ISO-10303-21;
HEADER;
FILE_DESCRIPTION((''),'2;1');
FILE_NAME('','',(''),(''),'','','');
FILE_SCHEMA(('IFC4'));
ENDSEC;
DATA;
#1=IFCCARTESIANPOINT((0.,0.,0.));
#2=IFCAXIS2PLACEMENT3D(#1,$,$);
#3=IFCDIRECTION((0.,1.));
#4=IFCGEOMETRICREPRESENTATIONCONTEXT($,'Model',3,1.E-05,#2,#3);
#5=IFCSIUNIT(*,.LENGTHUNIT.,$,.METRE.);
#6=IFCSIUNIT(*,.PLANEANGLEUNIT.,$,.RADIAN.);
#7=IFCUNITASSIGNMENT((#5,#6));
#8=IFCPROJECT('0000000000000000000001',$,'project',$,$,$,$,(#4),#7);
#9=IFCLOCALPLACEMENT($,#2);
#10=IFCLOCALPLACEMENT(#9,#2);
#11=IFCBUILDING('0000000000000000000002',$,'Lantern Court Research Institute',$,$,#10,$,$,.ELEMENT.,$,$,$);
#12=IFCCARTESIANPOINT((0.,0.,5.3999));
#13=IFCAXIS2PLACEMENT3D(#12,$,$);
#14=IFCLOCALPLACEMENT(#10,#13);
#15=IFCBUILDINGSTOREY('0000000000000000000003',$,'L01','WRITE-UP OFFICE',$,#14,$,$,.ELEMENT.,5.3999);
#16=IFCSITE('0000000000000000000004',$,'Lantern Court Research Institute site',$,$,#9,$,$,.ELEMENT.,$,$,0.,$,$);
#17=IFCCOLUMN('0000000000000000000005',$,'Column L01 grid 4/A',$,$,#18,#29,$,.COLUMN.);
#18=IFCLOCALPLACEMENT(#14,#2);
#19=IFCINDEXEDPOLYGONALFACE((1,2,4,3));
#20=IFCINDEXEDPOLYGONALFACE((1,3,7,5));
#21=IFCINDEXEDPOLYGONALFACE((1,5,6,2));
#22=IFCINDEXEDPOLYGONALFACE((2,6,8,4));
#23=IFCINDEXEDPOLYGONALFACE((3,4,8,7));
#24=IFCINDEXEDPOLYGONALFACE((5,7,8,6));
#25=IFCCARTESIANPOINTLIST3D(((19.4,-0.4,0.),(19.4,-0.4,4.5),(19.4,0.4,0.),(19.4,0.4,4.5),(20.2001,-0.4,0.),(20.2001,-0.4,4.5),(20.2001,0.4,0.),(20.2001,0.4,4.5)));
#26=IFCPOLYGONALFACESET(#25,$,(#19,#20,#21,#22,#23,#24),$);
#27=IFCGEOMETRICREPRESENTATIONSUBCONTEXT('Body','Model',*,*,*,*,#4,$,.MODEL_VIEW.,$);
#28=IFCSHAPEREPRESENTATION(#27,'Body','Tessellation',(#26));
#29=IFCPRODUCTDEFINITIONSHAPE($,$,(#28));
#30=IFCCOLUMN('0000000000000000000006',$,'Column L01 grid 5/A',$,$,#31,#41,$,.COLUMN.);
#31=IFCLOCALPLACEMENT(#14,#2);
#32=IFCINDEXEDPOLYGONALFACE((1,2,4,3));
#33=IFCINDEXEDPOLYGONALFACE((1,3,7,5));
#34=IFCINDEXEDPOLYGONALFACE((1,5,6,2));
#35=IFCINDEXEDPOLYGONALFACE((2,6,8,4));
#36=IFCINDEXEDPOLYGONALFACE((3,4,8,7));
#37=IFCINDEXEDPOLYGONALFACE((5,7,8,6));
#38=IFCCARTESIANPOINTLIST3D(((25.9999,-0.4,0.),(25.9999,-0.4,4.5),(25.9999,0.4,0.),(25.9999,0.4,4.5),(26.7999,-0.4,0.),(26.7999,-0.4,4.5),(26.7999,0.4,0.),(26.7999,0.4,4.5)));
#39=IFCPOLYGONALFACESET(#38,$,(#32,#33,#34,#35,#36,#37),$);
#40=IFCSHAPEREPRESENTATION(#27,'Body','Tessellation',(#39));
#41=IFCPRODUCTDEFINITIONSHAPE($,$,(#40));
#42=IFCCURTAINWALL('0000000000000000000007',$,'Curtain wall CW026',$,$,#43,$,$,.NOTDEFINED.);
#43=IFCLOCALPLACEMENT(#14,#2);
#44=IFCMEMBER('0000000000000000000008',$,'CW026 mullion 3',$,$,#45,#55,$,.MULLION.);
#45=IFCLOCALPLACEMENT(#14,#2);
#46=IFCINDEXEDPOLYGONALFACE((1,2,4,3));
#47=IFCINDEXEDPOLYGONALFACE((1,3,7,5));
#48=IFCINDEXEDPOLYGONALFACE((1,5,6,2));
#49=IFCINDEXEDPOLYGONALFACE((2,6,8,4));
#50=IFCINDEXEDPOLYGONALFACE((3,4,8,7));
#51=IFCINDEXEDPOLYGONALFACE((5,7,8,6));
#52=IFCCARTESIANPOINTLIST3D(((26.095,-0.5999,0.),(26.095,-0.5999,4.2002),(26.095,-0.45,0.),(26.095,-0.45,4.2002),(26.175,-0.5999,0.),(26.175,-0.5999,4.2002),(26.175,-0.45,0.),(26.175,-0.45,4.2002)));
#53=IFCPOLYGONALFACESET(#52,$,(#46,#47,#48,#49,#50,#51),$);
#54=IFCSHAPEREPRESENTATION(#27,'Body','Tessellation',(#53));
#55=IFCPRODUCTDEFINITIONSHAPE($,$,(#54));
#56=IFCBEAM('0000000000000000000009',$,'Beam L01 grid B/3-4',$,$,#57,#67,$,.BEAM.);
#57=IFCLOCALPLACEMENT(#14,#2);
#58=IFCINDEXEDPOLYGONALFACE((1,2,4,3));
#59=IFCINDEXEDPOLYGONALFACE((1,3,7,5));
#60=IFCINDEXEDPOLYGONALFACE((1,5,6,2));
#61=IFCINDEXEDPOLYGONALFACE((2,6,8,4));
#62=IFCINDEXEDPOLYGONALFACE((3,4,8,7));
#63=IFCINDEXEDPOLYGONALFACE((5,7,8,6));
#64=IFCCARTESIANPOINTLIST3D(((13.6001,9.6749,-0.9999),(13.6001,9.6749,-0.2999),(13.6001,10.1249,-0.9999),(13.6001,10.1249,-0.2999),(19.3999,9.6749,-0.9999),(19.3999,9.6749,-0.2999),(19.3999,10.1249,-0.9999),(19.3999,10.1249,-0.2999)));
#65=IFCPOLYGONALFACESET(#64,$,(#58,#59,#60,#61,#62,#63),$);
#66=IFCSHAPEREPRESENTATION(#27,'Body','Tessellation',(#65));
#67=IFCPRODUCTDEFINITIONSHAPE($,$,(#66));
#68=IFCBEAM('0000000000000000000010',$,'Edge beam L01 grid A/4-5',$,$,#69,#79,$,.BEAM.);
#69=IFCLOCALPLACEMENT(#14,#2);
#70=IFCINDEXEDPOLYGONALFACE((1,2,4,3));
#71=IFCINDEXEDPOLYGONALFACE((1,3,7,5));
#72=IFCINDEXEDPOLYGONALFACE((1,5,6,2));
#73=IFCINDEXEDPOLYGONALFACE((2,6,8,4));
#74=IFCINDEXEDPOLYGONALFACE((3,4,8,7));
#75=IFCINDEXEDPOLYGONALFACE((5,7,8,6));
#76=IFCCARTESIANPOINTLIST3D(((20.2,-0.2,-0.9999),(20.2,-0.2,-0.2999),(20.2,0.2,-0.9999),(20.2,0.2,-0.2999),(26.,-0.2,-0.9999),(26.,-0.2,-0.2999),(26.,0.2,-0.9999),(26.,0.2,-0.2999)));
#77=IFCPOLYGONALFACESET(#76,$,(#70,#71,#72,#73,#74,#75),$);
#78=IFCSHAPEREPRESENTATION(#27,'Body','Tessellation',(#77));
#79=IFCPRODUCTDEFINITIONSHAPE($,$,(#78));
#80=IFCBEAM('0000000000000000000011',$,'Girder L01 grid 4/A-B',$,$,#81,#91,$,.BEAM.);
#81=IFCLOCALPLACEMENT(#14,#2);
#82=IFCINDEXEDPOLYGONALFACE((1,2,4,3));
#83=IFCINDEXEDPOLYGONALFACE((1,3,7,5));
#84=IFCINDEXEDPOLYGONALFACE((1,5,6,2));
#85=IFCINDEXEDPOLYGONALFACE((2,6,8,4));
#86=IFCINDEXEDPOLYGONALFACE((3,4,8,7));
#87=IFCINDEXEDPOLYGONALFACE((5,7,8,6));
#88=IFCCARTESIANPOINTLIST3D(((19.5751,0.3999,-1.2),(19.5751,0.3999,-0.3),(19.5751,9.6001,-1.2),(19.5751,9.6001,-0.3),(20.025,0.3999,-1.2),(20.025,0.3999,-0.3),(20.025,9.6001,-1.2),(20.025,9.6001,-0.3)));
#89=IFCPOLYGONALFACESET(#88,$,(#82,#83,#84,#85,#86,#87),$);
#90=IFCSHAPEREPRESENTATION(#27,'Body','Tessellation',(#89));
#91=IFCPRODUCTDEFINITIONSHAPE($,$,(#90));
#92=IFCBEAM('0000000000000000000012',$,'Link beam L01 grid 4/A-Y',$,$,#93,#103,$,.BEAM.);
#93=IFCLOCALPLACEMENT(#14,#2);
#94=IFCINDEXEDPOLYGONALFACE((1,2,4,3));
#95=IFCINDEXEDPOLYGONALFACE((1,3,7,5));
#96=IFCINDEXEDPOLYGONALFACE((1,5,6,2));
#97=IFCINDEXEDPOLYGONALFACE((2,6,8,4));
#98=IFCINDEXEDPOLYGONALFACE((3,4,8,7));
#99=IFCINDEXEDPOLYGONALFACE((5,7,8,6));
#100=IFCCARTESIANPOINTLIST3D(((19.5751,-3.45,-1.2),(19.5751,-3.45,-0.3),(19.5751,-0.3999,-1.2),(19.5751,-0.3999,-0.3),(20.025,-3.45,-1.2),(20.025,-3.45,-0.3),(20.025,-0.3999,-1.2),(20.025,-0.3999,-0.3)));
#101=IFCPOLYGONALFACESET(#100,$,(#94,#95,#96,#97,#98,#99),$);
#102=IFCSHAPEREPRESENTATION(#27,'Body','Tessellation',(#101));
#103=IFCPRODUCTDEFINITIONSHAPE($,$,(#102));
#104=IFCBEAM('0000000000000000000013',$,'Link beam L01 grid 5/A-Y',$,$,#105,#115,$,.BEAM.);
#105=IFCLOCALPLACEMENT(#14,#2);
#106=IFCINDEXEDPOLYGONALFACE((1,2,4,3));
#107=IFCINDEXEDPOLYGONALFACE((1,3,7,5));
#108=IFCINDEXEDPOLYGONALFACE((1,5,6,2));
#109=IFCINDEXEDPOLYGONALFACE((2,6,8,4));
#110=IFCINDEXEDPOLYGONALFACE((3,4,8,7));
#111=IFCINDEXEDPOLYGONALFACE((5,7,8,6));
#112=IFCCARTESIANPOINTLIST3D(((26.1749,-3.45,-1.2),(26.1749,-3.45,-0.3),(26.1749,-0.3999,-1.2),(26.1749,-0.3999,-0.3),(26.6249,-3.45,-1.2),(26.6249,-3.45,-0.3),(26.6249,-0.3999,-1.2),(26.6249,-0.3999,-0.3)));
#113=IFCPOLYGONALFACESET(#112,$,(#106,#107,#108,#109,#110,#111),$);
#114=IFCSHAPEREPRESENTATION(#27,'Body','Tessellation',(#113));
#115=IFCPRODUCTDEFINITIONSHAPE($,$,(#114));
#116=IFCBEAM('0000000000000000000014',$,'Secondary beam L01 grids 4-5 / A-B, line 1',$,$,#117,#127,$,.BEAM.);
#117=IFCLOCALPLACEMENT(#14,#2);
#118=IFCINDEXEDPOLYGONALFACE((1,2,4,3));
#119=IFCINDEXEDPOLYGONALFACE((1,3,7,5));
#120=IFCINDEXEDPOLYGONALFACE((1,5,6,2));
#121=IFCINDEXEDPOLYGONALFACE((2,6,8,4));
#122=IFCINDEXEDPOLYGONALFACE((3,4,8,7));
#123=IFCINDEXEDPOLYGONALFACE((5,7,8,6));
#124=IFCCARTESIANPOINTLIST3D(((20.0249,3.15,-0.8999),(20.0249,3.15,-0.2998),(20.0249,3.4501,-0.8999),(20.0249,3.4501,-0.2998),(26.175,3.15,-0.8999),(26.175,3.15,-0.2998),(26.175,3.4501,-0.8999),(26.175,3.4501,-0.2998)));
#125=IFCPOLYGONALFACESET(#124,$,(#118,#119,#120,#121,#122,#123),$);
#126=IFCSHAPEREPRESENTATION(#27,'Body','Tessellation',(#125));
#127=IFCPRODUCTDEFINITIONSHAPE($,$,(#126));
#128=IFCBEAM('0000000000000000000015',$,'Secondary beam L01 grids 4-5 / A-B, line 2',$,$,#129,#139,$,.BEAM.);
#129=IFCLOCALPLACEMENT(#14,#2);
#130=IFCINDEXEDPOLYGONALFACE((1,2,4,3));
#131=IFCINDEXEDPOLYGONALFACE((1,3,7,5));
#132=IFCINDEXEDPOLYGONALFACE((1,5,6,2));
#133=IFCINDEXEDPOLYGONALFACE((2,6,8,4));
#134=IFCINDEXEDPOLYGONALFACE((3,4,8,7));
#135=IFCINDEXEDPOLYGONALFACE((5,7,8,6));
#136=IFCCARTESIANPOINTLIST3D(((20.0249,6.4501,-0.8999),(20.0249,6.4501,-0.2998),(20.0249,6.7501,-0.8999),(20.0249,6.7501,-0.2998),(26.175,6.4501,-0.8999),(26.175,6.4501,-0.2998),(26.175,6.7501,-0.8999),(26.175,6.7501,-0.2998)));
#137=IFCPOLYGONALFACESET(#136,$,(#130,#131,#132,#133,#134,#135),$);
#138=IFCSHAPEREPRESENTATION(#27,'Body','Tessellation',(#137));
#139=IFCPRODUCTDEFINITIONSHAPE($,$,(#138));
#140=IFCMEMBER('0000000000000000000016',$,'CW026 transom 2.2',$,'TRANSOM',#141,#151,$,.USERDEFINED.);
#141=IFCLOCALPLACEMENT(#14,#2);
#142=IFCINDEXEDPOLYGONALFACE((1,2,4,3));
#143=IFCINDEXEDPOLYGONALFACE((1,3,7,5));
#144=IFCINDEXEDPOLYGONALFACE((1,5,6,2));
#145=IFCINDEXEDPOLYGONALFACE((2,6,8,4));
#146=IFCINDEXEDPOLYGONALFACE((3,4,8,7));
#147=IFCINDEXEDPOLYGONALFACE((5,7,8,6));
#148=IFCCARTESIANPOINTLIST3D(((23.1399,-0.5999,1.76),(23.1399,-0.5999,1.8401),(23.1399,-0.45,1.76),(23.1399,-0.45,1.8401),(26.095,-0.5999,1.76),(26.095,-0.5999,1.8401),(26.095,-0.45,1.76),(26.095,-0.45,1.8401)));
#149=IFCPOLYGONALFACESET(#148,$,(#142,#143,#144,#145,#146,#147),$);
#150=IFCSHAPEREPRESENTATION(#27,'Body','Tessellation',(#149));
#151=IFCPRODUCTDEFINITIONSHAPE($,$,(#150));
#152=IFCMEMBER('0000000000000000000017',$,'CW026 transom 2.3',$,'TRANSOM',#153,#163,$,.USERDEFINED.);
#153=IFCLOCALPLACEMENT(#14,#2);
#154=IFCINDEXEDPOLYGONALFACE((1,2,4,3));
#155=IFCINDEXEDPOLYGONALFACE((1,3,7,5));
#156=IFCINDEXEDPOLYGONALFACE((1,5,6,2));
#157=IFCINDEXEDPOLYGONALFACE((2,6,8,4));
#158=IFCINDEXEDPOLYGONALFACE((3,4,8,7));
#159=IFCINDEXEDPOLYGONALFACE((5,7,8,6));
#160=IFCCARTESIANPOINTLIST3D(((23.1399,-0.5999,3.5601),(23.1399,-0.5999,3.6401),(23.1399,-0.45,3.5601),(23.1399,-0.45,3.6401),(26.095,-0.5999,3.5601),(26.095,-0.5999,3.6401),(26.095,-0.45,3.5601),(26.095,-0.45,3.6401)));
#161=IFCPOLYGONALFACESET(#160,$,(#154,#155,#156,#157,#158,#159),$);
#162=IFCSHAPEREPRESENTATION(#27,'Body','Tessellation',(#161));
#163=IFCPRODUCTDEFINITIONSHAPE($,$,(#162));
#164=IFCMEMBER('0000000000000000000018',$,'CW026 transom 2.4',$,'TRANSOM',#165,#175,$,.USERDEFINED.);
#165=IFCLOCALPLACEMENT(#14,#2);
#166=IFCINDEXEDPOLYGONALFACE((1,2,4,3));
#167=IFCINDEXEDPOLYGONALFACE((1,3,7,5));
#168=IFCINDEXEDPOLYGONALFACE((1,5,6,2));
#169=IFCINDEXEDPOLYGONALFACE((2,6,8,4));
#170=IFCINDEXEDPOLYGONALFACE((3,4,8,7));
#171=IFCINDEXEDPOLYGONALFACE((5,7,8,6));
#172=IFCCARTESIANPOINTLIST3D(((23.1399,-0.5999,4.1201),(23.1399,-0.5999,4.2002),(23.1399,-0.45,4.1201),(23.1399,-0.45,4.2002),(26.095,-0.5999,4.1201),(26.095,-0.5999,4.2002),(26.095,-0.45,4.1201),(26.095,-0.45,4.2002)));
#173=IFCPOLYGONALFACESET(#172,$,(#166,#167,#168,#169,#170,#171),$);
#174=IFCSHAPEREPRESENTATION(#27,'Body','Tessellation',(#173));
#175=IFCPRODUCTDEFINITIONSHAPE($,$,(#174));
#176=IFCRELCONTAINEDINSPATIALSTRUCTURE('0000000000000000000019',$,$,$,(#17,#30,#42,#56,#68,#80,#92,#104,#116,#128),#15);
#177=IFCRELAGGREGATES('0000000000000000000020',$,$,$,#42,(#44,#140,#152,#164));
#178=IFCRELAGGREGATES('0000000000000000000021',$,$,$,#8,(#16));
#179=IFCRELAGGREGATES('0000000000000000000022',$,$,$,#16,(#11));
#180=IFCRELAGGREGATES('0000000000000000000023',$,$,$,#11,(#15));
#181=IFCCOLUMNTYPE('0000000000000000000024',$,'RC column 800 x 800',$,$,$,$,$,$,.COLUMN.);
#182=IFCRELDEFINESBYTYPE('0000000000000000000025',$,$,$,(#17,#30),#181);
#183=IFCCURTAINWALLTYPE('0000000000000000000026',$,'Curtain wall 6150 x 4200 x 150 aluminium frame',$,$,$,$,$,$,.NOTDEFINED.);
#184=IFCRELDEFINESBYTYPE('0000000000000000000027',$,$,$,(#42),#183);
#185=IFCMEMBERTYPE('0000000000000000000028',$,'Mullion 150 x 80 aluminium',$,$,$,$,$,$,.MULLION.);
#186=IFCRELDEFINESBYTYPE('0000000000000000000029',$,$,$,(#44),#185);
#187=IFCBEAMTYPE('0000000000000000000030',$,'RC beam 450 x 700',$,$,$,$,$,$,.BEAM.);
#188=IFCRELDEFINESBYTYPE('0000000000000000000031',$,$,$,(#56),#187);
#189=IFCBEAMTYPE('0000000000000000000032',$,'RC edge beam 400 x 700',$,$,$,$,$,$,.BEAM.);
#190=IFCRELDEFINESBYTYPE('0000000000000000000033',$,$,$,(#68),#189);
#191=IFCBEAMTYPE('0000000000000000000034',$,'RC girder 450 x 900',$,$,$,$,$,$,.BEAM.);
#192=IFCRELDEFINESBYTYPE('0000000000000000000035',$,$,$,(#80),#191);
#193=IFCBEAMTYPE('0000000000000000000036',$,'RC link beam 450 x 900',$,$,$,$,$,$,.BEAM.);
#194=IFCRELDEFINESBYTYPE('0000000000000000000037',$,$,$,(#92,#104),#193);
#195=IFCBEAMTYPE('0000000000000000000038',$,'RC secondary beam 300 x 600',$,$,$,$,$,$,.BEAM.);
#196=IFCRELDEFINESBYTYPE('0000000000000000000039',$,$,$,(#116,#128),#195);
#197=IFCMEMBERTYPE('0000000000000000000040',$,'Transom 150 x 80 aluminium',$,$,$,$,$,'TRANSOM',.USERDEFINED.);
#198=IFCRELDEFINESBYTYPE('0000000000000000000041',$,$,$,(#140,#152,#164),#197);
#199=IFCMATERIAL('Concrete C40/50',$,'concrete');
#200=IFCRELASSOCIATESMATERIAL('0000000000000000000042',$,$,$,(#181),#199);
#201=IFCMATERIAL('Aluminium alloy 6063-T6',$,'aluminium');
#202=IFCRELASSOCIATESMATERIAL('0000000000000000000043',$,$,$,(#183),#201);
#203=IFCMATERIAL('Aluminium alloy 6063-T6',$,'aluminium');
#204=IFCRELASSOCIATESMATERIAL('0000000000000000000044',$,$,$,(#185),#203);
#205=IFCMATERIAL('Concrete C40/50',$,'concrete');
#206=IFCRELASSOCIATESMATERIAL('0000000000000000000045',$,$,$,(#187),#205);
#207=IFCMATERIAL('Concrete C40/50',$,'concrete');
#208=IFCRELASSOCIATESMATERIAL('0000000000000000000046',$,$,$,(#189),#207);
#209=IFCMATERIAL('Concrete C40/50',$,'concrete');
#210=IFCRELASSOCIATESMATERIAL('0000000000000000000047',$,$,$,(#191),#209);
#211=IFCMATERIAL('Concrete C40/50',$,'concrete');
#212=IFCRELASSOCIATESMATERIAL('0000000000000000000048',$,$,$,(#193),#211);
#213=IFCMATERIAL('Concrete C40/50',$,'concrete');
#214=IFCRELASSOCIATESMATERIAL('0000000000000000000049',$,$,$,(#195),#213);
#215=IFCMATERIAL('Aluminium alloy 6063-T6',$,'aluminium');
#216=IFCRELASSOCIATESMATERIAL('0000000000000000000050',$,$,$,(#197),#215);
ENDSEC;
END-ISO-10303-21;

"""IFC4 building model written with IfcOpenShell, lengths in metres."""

from ifc_helpers import new_model, si_unit, direction, frame, origin, origin_2d, place, context, subcontext, project, spatial, rectangle, extrude, material, material_profile, profile_set, type_object, element, aggregate, save


model = new_model("IFC4")

# Units and contexts
model_context = context("Model", 3, precision=1e-05, world=origin(), true_north=direction((0.0, 1.0)))
body_context = subcontext(model_context, "Body", "Model", "MODEL_VIEW")
ifc_project = project(units=[si_unit("LENGTHUNIT", "METRE"), si_unit("PLANEANGLEUNIT", "RADIAN")], contexts=[model_context])

# Site, building, storey
site_placement = place(None, origin())
site = spatial("IfcSite", under=ifc_project, at=site_placement, Name="Lantern Court Research Institute site", CompositionType="ELEMENT", RefElevation=0.0)
building_placement = place(site_placement, origin())
building = spatial("IfcBuilding", under=site, at=building_placement, Name="Lantern Court Research Institute", CompositionType="ELEMENT")
storey_placement = place(building_placement, frame((0.0, 0.0, 5.3999)))
storey = spatial("IfcBuildingStorey", under=building, at=storey_placement, Name="L01", Description="WRITE-UP OFFICE", CompositionType="ELEMENT", Elevation=5.3999)

# Columns
ifc_material_1 = material(Name="Concrete C40/50", Category="concrete")
ifc_material_profile_1 = material_profile(ifc_material_1, rectangle(XDim=0.8, YDim=0.8, at=origin_2d()), Name="RC column 800 x 800")
ifc_profile_set_1 = profile_set([ifc_material_profile_1], Name="Concrete C40/50")
column_type = type_object("IfcColumnType", Name="RC column 800 x 800", PredefinedType="COLUMN", material=ifc_profile_set_1)
for number, where, z_axis, x_axis, name in (
    (1, (19.8, 0.0, 0.0), (0.0, 0.0, 1.0), (1.0, 0.0, 0.0), "Column L01 grid 4/A"),
    (2, (26.3999, 0.0, 0.0), (0.0, 0.0, 1.0), (1.0, 0.0, 0.0), "Column L01 grid 5/A"),
):
    element("IfcColumn", number, at=place(storey_placement, frame(where, z_axis=z_axis, x_axis=x_axis)), inside=storey, type_object=column_type, Name=name, PredefinedType="COLUMN", context=body_context, shape_type="SweptSolid", body=[
        extrude(rectangle(XDim=0.8, YDim=0.8, at=origin_2d()), origin(), (0.0, 0.0, 1.0), 4.5),
    ])

# Curtain wall, member
ifc_material_2 = material(Name="Aluminium alloy 6063-T6", Category="aluminium")
curtain_wall_type = type_object("IfcCurtainWallType", Name="Curtain wall 6150 x 4200 x 150 aluminium frame", PredefinedType="NOTDEFINED", material=ifc_material_2)
curtain_wall_placement = place(storey_placement, origin())
curtain_wall = element("IfcCurtainWall", 3, at=curtain_wall_placement, inside=storey, type_object=curtain_wall_type, Name="Curtain wall CW026", PredefinedType="NOTDEFINED")
ifc_material_3 = material(Name="Aluminium alloy 6063-T6", Category="aluminium")
ifc_material_profile_2 = material_profile(ifc_material_3, rectangle(XDim=0.1499, YDim=0.0801, at=origin_2d()), Name="Mullion 150 x 80")
ifc_profile_set_2 = profile_set([ifc_material_profile_2], Name="Aluminium alloy 6063-T6")
member_type_1 = type_object("IfcMemberType", Name="Mullion 150 x 80 aluminium", PredefinedType="MULLION", material=ifc_profile_set_2)
member_1_placement = place(storey_placement, frame((26.135, -0.5249, 0.0), z_axis=(0.0, 0.0, 1.0), x_axis=(0.0, -1.0, 0.0)))
member_1 = element("IfcMember", 4, at=member_1_placement, type_object=member_type_1, Name="CW026 mullion 3", PredefinedType="MULLION", context=body_context, shape_type="SweptSolid", body=[
    extrude(rectangle(XDim=0.1499, YDim=0.0801, at=origin_2d()), origin(), (0.0, 0.0, 1.0), 4.2002),
])

# Beams
ifc_material_4 = material(Name="Concrete C40/50", Category="concrete")
ifc_material_profile_3 = material_profile(ifc_material_4, rectangle(XDim=0.45, YDim=0.7, at=origin_2d()), Name="RC beam 450 x 700")
ifc_profile_set_3 = profile_set([ifc_material_profile_3], Name="Concrete C40/50")
beam_type_1 = type_object("IfcBeamType", Name="RC beam 450 x 700", PredefinedType="BEAM", material=ifc_profile_set_3)
beam_1_placement = place(storey_placement, frame((13.6001, 9.8999, -0.6499), z_axis=(1.0, 0.0, 0.0), x_axis=(0.0, 1.0, 0.0)))
element("IfcBeam", 5, at=beam_1_placement, inside=storey, type_object=beam_type_1, Name="Beam L01 grid B/3-4", PredefinedType="BEAM", context=body_context, shape_type="SweptSolid", body=[
    extrude(rectangle(XDim=0.45, YDim=0.7, at=origin_2d()), origin(), (0.0, 0.0, 1.0), 5.7998),
])
ifc_material_5 = material(Name="Concrete C40/50", Category="concrete")
ifc_material_profile_4 = material_profile(ifc_material_5, rectangle(XDim=0.3999, YDim=0.7, at=origin_2d()), Name="RC beam 400 x 700")
ifc_profile_set_4 = profile_set([ifc_material_profile_4], Name="Concrete C40/50")
beam_type_2 = type_object("IfcBeamType", Name="RC edge beam 400 x 700", PredefinedType="BEAM", material=ifc_profile_set_4)
beam_2_placement = place(storey_placement, frame((20.2, 0.0, -0.6499), z_axis=(1.0, 0.0, 0.0), x_axis=(0.0, 1.0, 0.0)))
element("IfcBeam", 6, at=beam_2_placement, inside=storey, type_object=beam_type_2, Name="Edge beam L01 grid A/4-5", PredefinedType="BEAM", context=body_context, shape_type="SweptSolid", body=[
    extrude(rectangle(XDim=0.3999, YDim=0.7, at=origin_2d()), origin(), (0.0, 0.0, 1.0), 5.8),
])
ifc_material_6 = material(Name="Concrete C40/50", Category="concrete")
ifc_material_profile_5 = material_profile(ifc_material_6, rectangle(XDim=0.45, YDim=0.8999, at=origin_2d()), Name="RC beam 450 x 900")
ifc_profile_set_5 = profile_set([ifc_material_profile_5], Name="Concrete C40/50")
beam_type_3 = type_object("IfcBeamType", Name="RC girder 450 x 900", PredefinedType="BEAM", material=ifc_profile_set_5)
beam_3_placement = place(storey_placement, frame((19.8, 0.3999, -0.75), z_axis=(0.0, 1.0, 0.0), x_axis=(-1.0, 0.0, 0.0)))
element("IfcBeam", 7, at=beam_3_placement, inside=storey, type_object=beam_type_3, Name="Girder L01 grid 4/A-B", PredefinedType="BEAM", context=body_context, shape_type="SweptSolid", body=[
    extrude(rectangle(XDim=0.45, YDim=0.8999, at=origin_2d()), origin(), (0.0, 0.0, 1.0), 9.2002),
])
ifc_material_7 = material(Name="Concrete C40/50", Category="concrete")
ifc_material_profile_6 = material_profile(ifc_material_7, rectangle(XDim=0.45, YDim=0.8999, at=origin_2d()), Name="RC beam 450 x 900")
ifc_profile_set_6 = profile_set([ifc_material_profile_6], Name="Concrete C40/50")
beam_type_4 = type_object("IfcBeamType", Name="RC link beam 450 x 900", PredefinedType="BEAM", material=ifc_profile_set_6)
for number, where, z_axis, x_axis, name in (
    (8, (19.8, -0.3999, -0.75), (0.0, -1.0, 0.0), (1.0, 0.0, 0.0), "Link beam L01 grid 4/A-Y"),
    (9, (26.3999, -0.3999, -0.75), (0.0, -1.0, 0.0), (1.0, 0.0, 0.0), "Link beam L01 grid 5/A-Y"),
):
    element("IfcBeam", number, at=place(storey_placement, frame(where, z_axis=z_axis, x_axis=x_axis)), inside=storey, type_object=beam_type_4, Name=name, PredefinedType="BEAM", context=body_context, shape_type="SweptSolid", body=[
        extrude(rectangle(XDim=0.45, YDim=0.8999, at=origin_2d()), origin(), (0.0, 0.0, 1.0), 3.05),
    ])
ifc_material_8 = material(Name="Concrete C40/50", Category="concrete")
ifc_material_profile_7 = material_profile(ifc_material_8, rectangle(XDim=0.3, YDim=0.6001, at=origin_2d()), Name="RC beam 300 x 600")
ifc_profile_set_7 = profile_set([ifc_material_profile_7], Name="Concrete C40/50")
beam_type_5 = type_object("IfcBeamType", Name="RC secondary beam 300 x 600", PredefinedType="BEAM", material=ifc_profile_set_7)
for number, where, z_axis, x_axis, name in (
    (10, (20.0249, 3.3, -0.5999), (1.0, 0.0, 0.0), (0.0, 1.0, 0.0), "Secondary beam L01 grids 4-5 / A-B, line 1"),
    (11, (20.0249, 6.6001, -0.5999), (1.0, 0.0, 0.0), (0.0, 1.0, 0.0), "Secondary beam L01 grids 4-5 / A-B, line 2"),
):
    element("IfcBeam", number, at=place(storey_placement, frame(where, z_axis=z_axis, x_axis=x_axis)), inside=storey, type_object=beam_type_5, Name=name, PredefinedType="BEAM", context=body_context, shape_type="SweptSolid", body=[
        extrude(rectangle(XDim=0.3, YDim=0.6001, at=origin_2d()), origin(), (0.0, 0.0, 1.0), 6.1501),
    ])

# Members
ifc_material_9 = material(Name="Aluminium alloy 6063-T6", Category="aluminium")
ifc_material_profile_8 = material_profile(ifc_material_9, rectangle(XDim=0.1499, YDim=0.0801, at=origin_2d()), Name="Transom 150 x 80")
ifc_profile_set_8 = profile_set([ifc_material_profile_8], Name="Aluminium alloy 6063-T6")
member_type_2 = type_object("IfcMemberType", Name="Transom 150 x 80 aluminium", ElementType="TRANSOM", PredefinedType="USERDEFINED", material=ifc_profile_set_8)
member_2_placement = place(storey_placement, frame((26.095, -0.5249, 1.8), z_axis=(-1.0, 0.0, 0.0), x_axis=(0.0, -1.0, 0.0)))
member_2 = element("IfcMember", 12, at=member_2_placement, type_object=member_type_2, Name="CW026 transom 2.2", ObjectType="TRANSOM", PredefinedType="USERDEFINED", context=body_context, shape_type="SweptSolid", body=[
    extrude(rectangle(XDim=0.1499, YDim=0.0801, at=origin_2d()), origin(), (0.0, 0.0, 1.0), 2.9551),
])
member_3_placement = place(storey_placement, frame((26.095, -0.5249, 3.6001), z_axis=(-1.0, 0.0, 0.0), x_axis=(0.0, -1.0, 0.0)))
member_3 = element("IfcMember", 13, at=member_3_placement, type_object=member_type_2, Name="CW026 transom 2.3", ObjectType="TRANSOM", PredefinedType="USERDEFINED", context=body_context, shape_type="SweptSolid", body=[
    extrude(rectangle(XDim=0.1499, YDim=0.0801, at=origin_2d()), origin(), (0.0, 0.0, 1.0), 2.9551),
])
member_4_placement = place(storey_placement, frame((26.095, -0.5249, 4.1602), z_axis=(-1.0, 0.0, 0.0), x_axis=(0.0, -1.0, 0.0)))
member_4 = element("IfcMember", 14, at=member_4_placement, type_object=member_type_2, Name="CW026 transom 2.4", ObjectType="TRANSOM", PredefinedType="USERDEFINED", context=body_context, shape_type="SweptSolid", body=[
    extrude(rectangle(XDim=0.1499, YDim=0.0801, at=origin_2d()), origin(), (0.0, 0.0, 1.0), 2.9551),
])
aggregate(curtain_wall, [member_1, member_2, member_3, member_4])

save(model, "model.ifc")
